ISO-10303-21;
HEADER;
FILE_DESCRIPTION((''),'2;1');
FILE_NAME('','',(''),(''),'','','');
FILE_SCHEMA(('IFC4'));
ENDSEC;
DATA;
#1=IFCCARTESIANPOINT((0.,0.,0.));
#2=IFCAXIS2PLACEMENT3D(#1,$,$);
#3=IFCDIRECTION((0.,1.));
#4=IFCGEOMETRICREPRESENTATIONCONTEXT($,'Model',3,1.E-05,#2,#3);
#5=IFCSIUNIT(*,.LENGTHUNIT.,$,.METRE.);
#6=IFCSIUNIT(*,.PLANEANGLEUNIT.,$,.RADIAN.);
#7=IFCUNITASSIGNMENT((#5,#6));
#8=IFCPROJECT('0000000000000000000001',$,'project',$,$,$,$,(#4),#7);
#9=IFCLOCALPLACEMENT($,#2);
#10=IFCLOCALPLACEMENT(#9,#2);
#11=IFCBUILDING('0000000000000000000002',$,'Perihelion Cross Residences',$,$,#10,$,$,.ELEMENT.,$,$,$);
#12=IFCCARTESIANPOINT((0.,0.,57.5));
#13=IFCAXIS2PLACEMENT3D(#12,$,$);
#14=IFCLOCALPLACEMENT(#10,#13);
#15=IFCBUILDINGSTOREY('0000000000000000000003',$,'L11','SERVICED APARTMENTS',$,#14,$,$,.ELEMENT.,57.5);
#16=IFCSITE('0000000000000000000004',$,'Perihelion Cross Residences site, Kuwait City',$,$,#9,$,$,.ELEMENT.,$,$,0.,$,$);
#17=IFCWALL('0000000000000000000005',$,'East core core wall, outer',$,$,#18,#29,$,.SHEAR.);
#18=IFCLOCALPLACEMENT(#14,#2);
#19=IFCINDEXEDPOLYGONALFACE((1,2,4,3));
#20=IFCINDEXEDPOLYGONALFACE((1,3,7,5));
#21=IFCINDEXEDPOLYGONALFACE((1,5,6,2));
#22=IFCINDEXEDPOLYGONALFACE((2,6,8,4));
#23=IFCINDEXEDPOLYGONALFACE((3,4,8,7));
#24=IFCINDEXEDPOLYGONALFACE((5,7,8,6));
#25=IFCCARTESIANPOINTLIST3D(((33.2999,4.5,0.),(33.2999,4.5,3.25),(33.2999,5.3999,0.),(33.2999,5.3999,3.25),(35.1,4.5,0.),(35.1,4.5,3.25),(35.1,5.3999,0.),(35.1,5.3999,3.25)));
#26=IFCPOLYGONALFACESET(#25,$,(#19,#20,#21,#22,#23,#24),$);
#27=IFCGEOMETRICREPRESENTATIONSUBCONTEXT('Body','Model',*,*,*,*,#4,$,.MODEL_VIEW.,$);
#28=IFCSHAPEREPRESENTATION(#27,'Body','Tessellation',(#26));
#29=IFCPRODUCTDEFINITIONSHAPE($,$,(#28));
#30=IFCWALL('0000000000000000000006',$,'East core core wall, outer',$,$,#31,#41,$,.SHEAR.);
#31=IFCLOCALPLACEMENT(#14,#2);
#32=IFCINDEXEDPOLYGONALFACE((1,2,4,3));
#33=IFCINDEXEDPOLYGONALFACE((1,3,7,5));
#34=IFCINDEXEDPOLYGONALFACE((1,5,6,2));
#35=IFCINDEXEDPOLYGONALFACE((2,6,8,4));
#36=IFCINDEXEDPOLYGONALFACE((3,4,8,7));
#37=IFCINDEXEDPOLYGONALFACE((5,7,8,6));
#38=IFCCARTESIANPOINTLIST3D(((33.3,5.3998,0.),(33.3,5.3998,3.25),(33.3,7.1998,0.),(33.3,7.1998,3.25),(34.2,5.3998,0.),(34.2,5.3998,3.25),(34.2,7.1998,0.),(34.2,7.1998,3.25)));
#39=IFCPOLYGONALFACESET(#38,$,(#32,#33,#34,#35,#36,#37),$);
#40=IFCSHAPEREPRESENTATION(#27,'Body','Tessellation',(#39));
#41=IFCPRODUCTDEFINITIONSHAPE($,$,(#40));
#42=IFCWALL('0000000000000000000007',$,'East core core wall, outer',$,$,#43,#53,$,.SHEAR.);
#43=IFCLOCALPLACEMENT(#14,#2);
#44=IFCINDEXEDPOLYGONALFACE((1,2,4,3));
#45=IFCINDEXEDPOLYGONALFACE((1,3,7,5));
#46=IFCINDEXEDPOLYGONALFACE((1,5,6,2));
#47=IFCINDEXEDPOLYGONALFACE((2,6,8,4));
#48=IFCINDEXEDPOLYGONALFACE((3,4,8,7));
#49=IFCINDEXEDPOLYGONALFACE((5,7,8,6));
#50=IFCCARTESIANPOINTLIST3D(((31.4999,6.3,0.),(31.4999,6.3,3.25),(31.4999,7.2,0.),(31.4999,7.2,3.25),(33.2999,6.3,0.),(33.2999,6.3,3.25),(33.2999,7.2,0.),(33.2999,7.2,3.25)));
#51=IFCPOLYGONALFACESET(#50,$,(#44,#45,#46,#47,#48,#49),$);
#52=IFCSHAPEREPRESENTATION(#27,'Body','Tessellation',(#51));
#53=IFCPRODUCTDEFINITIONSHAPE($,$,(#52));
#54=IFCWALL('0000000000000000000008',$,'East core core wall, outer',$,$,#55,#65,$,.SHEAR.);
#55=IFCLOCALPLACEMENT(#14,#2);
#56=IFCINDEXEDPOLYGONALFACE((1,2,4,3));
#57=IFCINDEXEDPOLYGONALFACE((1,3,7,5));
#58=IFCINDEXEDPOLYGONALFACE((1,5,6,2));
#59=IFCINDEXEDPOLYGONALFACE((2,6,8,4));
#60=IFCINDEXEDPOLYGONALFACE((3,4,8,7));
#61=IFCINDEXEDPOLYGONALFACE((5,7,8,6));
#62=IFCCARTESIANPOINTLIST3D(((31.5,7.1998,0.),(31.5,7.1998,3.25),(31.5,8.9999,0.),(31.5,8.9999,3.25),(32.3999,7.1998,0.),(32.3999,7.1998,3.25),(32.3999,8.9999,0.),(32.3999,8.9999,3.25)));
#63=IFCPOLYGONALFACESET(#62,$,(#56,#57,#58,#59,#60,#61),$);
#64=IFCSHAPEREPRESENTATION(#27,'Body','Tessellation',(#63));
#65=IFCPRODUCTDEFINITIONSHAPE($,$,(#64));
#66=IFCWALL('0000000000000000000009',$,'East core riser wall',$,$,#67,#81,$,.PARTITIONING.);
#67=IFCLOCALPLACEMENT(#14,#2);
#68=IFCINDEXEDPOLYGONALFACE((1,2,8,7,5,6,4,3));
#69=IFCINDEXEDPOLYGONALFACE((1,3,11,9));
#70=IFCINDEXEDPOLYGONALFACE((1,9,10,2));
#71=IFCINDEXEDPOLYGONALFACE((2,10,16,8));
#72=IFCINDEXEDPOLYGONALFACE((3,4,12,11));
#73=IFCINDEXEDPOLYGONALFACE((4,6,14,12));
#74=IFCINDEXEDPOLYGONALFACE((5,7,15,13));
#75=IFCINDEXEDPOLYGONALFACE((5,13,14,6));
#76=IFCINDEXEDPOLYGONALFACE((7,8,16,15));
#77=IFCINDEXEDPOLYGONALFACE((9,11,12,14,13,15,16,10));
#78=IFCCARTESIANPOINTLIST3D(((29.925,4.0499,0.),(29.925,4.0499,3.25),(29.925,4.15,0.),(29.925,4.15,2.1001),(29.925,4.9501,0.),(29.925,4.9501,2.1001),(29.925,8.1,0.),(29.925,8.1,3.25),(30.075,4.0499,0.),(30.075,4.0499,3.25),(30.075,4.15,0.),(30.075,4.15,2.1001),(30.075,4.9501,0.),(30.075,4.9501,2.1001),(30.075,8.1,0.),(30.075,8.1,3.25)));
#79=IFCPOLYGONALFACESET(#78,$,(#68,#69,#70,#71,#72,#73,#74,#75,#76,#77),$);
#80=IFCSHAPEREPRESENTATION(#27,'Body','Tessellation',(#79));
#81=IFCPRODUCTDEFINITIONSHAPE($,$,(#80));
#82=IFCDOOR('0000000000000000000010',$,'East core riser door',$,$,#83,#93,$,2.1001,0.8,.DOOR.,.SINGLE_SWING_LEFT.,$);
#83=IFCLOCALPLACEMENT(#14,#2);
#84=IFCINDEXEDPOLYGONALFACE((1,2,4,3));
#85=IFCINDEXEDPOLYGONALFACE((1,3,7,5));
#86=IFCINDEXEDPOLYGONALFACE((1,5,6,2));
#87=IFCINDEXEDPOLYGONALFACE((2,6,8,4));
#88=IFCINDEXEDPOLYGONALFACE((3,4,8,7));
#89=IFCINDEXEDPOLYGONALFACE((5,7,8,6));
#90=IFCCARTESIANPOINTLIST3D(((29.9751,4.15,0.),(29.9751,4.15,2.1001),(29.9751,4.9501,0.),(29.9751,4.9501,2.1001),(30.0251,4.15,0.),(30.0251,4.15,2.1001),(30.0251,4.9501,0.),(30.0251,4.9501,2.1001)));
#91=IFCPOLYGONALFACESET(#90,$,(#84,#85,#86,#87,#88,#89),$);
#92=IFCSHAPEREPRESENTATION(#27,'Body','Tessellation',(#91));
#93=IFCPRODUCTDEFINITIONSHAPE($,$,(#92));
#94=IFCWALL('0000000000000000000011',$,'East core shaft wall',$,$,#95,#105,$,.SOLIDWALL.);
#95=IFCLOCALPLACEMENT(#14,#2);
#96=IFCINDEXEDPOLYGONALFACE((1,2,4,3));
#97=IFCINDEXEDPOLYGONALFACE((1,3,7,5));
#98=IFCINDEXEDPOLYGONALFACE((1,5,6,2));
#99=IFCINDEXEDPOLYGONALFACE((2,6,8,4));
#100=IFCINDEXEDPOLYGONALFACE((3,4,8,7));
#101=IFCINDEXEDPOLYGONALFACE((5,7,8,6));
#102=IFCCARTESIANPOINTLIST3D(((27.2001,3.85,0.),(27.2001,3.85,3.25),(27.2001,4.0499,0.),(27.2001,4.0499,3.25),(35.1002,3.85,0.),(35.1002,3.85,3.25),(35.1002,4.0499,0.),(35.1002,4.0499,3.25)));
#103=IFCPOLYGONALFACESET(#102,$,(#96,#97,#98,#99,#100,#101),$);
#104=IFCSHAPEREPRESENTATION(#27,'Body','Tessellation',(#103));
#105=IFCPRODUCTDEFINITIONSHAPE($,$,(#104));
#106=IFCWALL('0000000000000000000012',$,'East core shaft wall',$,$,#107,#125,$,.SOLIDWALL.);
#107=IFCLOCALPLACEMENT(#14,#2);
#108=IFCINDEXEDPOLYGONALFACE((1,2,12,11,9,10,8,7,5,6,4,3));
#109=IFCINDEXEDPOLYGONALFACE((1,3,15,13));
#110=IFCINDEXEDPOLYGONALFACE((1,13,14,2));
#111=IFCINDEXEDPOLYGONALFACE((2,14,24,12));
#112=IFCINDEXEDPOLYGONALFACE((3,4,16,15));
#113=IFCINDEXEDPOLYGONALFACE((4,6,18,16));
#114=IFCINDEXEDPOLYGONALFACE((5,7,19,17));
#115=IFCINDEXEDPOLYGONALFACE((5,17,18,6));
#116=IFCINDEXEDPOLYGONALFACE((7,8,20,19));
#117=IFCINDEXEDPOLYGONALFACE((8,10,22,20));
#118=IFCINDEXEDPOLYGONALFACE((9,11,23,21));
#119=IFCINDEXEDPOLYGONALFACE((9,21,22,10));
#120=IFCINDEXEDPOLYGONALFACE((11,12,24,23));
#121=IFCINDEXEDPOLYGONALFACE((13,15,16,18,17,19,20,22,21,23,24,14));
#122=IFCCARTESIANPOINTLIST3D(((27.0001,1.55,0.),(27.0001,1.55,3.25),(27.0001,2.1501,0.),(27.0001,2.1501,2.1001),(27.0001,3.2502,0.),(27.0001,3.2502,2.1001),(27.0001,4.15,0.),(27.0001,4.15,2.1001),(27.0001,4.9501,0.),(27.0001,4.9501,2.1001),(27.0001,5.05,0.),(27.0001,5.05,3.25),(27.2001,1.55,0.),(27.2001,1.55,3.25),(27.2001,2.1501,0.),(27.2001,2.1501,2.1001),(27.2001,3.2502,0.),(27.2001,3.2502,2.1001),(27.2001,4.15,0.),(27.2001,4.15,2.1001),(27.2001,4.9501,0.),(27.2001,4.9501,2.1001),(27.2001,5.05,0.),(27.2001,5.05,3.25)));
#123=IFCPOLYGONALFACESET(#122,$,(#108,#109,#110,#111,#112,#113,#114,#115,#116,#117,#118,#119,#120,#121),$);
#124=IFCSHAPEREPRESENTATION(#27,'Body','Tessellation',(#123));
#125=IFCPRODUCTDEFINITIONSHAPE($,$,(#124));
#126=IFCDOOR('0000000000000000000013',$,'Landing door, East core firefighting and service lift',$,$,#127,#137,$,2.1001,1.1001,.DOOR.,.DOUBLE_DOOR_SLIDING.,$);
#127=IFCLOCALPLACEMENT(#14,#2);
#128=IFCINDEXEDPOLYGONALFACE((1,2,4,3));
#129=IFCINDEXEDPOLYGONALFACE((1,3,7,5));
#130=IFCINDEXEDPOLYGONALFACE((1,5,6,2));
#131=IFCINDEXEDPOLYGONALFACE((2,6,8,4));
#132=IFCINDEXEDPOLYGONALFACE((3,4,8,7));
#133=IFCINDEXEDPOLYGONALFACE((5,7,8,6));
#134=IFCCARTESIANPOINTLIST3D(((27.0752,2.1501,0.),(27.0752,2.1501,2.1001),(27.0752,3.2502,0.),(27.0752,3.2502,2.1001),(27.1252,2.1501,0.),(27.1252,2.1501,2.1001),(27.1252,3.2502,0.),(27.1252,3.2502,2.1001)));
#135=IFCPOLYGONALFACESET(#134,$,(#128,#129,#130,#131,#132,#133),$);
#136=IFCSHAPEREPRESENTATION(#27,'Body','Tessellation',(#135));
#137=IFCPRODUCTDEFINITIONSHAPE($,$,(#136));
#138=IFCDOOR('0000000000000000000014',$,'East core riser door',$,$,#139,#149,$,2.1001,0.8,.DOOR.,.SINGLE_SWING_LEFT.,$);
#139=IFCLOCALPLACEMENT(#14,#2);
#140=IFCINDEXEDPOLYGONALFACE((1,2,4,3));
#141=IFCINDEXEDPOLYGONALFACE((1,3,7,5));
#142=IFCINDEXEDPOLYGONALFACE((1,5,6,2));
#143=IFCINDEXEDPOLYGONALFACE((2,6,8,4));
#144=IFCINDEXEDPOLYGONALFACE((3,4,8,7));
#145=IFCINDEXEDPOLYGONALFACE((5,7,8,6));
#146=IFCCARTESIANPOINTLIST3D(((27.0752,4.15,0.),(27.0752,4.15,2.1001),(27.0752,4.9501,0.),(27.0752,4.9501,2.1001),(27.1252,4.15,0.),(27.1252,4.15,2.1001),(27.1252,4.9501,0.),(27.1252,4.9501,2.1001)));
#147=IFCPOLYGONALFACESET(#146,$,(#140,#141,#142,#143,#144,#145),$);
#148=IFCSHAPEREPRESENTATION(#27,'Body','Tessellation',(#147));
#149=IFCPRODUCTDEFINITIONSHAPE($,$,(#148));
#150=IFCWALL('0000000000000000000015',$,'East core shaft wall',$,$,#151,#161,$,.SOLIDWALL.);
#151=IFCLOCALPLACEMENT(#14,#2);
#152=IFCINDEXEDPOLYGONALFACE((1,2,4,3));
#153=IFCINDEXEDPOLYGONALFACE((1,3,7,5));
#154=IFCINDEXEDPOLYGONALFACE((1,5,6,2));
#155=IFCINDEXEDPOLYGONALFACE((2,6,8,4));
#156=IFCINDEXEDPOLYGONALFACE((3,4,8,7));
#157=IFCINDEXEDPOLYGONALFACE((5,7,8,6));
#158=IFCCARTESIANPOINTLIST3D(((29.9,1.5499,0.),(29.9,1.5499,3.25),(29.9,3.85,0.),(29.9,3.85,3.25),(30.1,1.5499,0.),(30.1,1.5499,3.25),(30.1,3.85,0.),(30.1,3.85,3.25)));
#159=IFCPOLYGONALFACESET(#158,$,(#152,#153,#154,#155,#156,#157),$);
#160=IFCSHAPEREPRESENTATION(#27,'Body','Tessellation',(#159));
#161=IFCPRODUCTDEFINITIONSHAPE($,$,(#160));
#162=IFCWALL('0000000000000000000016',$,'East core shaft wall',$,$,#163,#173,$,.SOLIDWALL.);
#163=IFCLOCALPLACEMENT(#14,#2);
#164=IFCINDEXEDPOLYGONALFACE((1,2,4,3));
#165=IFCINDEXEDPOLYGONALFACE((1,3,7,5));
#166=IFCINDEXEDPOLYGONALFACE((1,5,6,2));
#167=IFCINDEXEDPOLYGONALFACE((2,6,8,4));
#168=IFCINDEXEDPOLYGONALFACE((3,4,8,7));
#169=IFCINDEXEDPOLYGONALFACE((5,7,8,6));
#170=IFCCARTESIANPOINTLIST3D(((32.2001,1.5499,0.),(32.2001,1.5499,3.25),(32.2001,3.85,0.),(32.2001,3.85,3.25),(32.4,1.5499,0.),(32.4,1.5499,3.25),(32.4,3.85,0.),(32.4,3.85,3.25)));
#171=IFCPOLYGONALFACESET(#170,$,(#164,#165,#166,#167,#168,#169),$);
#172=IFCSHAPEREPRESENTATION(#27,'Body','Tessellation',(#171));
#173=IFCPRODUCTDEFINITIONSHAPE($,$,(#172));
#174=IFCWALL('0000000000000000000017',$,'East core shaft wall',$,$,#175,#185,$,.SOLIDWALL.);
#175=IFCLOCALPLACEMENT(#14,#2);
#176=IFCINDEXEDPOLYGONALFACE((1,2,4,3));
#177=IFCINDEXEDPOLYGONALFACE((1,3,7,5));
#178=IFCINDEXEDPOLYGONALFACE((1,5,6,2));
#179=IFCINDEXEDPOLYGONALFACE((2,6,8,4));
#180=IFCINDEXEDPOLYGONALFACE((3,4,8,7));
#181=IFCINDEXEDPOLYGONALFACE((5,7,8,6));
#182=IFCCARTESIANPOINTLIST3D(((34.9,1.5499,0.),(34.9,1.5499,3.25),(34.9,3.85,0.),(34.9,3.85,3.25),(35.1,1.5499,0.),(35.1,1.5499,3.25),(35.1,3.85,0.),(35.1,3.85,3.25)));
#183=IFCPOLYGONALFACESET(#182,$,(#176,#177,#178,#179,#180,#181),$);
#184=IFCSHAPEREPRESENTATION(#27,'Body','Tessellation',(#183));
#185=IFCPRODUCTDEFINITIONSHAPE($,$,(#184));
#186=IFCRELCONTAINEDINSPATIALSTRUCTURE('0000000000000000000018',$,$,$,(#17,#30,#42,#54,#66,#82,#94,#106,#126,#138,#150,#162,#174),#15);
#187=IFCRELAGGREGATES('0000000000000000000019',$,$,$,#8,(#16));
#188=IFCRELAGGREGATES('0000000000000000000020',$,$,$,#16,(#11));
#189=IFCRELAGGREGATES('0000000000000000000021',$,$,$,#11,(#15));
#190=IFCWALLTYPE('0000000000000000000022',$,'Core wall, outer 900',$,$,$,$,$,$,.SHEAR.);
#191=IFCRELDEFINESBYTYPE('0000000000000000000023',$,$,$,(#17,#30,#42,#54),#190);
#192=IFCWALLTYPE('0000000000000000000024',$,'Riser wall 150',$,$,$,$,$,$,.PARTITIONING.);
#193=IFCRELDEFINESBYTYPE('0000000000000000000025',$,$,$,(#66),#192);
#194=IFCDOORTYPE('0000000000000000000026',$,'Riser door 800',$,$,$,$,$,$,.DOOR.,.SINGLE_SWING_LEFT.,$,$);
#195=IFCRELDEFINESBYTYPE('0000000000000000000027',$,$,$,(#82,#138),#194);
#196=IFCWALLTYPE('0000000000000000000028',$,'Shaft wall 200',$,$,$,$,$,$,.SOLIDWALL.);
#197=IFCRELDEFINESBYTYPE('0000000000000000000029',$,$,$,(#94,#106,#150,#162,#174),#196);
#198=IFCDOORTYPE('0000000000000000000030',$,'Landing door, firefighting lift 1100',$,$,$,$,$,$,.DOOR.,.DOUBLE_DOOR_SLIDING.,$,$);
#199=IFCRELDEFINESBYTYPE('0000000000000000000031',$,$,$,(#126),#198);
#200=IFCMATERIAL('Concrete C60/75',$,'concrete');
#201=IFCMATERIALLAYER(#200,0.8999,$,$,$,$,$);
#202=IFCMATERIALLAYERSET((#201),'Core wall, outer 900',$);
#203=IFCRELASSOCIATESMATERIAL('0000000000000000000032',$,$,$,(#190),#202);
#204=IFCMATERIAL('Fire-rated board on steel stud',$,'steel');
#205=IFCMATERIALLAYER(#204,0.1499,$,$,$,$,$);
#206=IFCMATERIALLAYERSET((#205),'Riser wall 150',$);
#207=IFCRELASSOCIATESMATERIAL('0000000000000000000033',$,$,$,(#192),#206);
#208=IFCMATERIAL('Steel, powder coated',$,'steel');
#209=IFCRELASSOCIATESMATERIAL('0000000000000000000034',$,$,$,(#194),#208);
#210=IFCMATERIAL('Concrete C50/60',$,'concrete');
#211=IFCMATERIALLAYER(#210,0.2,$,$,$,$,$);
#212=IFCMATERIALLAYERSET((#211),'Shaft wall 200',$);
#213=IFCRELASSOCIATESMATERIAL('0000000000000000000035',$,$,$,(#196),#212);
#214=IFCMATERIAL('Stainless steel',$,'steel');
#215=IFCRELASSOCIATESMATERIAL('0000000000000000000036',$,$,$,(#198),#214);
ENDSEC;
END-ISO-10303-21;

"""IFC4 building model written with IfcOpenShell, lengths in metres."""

from ifc_helpers import new_model, si_unit, direction, frame, frame_2d, origin, place, context, subcontext, project, spatial, rectangle, extrude, material, layer, layer_set, type_object, element, fill, save


model = new_model("IFC4")

# Units and contexts
model_context = context("Model", 3, precision=1e-05, world=origin(), true_north=direction((0.0, 1.0)))
body_context = subcontext(model_context, "Body", "Model", "MODEL_VIEW")
ifc_project = project(units=[si_unit("LENGTHUNIT", "METRE"), si_unit("PLANEANGLEUNIT", "RADIAN")], contexts=[model_context])

# Site, building, storey
site_placement = place(None, origin())
site = spatial("IfcSite", under=ifc_project, at=site_placement, Name="Perihelion Cross Residences site, Kuwait City", CompositionType="ELEMENT", RefElevation=0.0)
building_placement = place(site_placement, origin())
building = spatial("IfcBuilding", under=site, at=building_placement, Name="Perihelion Cross Residences", CompositionType="ELEMENT")
storey_placement = place(building_placement, frame((0.0, 0.0, 57.5)))
storey = spatial("IfcBuildingStorey", under=building, at=storey_placement, Name="L11", Description="SERVICED APARTMENTS", CompositionType="ELEMENT", Elevation=57.5)

# Walls
ifc_material_1 = material(Name="Concrete C60/75", Category="concrete")
ifc_layer_1 = layer(ifc_material_1, 0.8999)
ifc_layer_set_1 = layer_set([ifc_layer_1], Name="Core wall, outer 900")
wall_type_1 = type_object("IfcWallType", Name="Core wall, outer 900", PredefinedType="SHEAR", material=ifc_layer_set_1)
for number, where, z_axis, x_axis, name in (
    (1, (33.3, 4.95, 0.0), (0.0, 0.0, 1.0), (1.0, 0.0, 0.0), "East core core wall, outer"),
    (2, (33.75, 5.3999, 0.0), (0.0, 0.0, 1.0), (0.0, 1.0, 0.0), "East core core wall, outer"),
    (3, (31.5, 6.75, 0.0), (0.0, 0.0, 1.0), (1.0, 0.0, 0.0), "East core core wall, outer"),
    (4, (31.95, 7.2, 0.0), (0.0, 0.0, 1.0), (0.0, 1.0, 0.0), "East core core wall, outer"),
):
    element("IfcWall", number, at=place(storey_placement, frame(where, z_axis=z_axis, x_axis=x_axis)), inside=storey, type_object=wall_type_1, Name=name, PredefinedType="SHEAR", context=body_context, shape_type="SweptSolid", body=[
        extrude(rectangle(XDim=1.8, YDim=0.8999, at=frame_2d((0.8999, 0.0))), origin(), (0.0, 0.0, 1.0), 3.25),
    ])

# Wall, opening, door
ifc_material_2 = material(Name="Fire-rated board on steel stud", Category="steel")
ifc_layer_2 = layer(ifc_material_2, 0.1499)
ifc_layer_set_2 = layer_set([ifc_layer_2], Name="Riser wall 150")
wall_type_2 = type_object("IfcWallType", Name="Riser wall 150", PredefinedType="PARTITIONING", material=ifc_layer_set_2)
wall_1_placement = place(storey_placement, frame((30.0, 4.05, 0.0), z_axis=(0.0, 0.0, 1.0), x_axis=(0.0, 1.0, 0.0)))
wall_1 = element("IfcWall", 5, at=wall_1_placement, inside=storey, type_object=wall_type_2, Name="East core riser wall", PredefinedType="PARTITIONING", context=body_context, shape_type="SweptSolid", body=[
    extrude(rectangle(XDim=4.05, YDim=0.1499, at=frame_2d((2.0249, 0.0))), origin(), (0.0, 0.0, 1.0), 3.25),
])
opening_1_placement = place(wall_1_placement, frame((0.1001, 0.0, 0.0)))
opening_1 = element("IfcOpeningElement", 6, at=opening_1_placement, cuts=wall_1, PredefinedType="OPENING", context=body_context, shape_type="SweptSolid", body=[
    extrude(rectangle(XDim=0.8, YDim=2.1001, at=frame_2d((0.3999, 1.05))), frame((0.0, 0.085, 0.0), z_axis=(0.0, -1.0, 0.0), x_axis=(1.0, 0.0, 0.0)), (0.0, 0.0, 1.0), 0.1699),
])
ifc_material_3 = material(Name="Steel, powder coated", Category="steel")
door_type_1 = type_object("IfcDoorType", Name="Riser door 800", OperationType="SINGLE_SWING_LEFT", PredefinedType="DOOR", material=ifc_material_3)
door_1_placement = place(opening_1_placement, origin())
door_1 = element("IfcDoor", 7, at=door_1_placement, inside=storey, type_object=door_type_1, Name="East core riser door", OperationType="SINGLE_SWING_LEFT", OverallHeight=2.1001, OverallWidth=0.8, PredefinedType="DOOR", context=body_context, shape_type="SweptSolid", body=[
    extrude(rectangle(XDim=0.8, YDim=2.1001, at=frame_2d((0.3999, 1.05))), frame((0.0, 0.0249, 0.0), z_axis=(0.0, -1.0, 0.0), x_axis=(1.0, 0.0, 0.0)), (0.0, 0.0, 1.0), 0.05),
])
fill(opening_1, door_1)

# Wall
ifc_material_4 = material(Name="Concrete C50/60", Category="concrete")
ifc_layer_3 = layer(ifc_material_4, 0.2)
ifc_layer_set_3 = layer_set([ifc_layer_3], Name="Shaft wall 200")
wall_type_3 = type_object("IfcWallType", Name="Shaft wall 200", PredefinedType="SOLIDWALL", material=ifc_layer_set_3)
wall_2_placement = place(storey_placement, frame((27.2, 3.95, 0.0), z_axis=(0.0, 0.0, 1.0), x_axis=(1.0, 0.0, 0.0)))
element("IfcWall", 8, at=wall_2_placement, inside=storey, type_object=wall_type_3, Name="East core shaft wall", PredefinedType="SOLIDWALL", context=body_context, shape_type="SweptSolid", body=[
    extrude(rectangle(XDim=7.9001, YDim=0.2, at=frame_2d((3.9502, 0.0))), origin(), (0.0, 0.0, 1.0), 3.25),
])

# Wall, openings, doors
wall_3_placement = place(storey_placement, frame((27.1001, 1.55, 0.0), z_axis=(0.0, 0.0, 1.0), x_axis=(0.0, 1.0, 0.0)))
wall_3 = element("IfcWall", 9, at=wall_3_placement, inside=storey, type_object=wall_type_3, Name="East core shaft wall", PredefinedType="SOLIDWALL", context=body_context, shape_type="SweptSolid", body=[
    extrude(rectangle(XDim=3.5, YDim=0.2, at=frame_2d((1.75, 0.0))), origin(), (0.0, 0.0, 1.0), 3.25),
])
opening_2_placement = place(wall_3_placement, frame((0.6001, 0.0, 0.0)))
opening_2 = element("IfcOpeningElement", 10, at=opening_2_placement, cuts=wall_3, PredefinedType="OPENING", context=body_context, shape_type="SweptSolid", body=[
    extrude(rectangle(XDim=1.1001, YDim=2.1001, at=frame_2d((0.55, 1.05))), frame((0.0, 0.1099, 0.0), z_axis=(0.0, -1.0, 0.0), x_axis=(1.0, 0.0, 0.0)), (0.0, 0.0, 1.0), 0.22),
])
opening_3_placement = place(wall_3_placement, frame((2.6001, 0.0, 0.0)))
opening_3 = element("IfcOpeningElement", 11, at=opening_3_placement, cuts=wall_3, PredefinedType="OPENING", context=body_context, shape_type="SweptSolid", body=[
    extrude(rectangle(XDim=0.8, YDim=2.1001, at=frame_2d((0.3999, 1.05))), frame((0.0, 0.1099, 0.0), z_axis=(0.0, -1.0, 0.0), x_axis=(1.0, 0.0, 0.0)), (0.0, 0.0, 1.0), 0.22),
])
ifc_material_5 = material(Name="Stainless steel", Category="steel")
door_type_2 = type_object("IfcDoorType", Name="Landing door, firefighting lift 1100", OperationType="DOUBLE_DOOR_SLIDING", PredefinedType="DOOR", material=ifc_material_5)
door_2_placement = place(opening_2_placement, origin())
door_2 = element("IfcDoor", 12, at=door_2_placement, inside=storey, type_object=door_type_2, Name="Landing door, East core firefighting and service lift", OperationType="DOUBLE_DOOR_SLIDING", OverallHeight=2.1001, OverallWidth=1.1001, PredefinedType="DOOR", context=body_context, shape_type="SweptSolid", body=[
    extrude(rectangle(XDim=1.1001, YDim=2.1001, at=frame_2d((0.55, 1.05))), frame((0.0, 0.0249, 0.0), z_axis=(0.0, -1.0, 0.0), x_axis=(1.0, 0.0, 0.0)), (0.0, 0.0, 1.0), 0.05),
])
fill(opening_2, door_2)
door_3_placement = place(opening_3_placement, origin())
door_3 = element("IfcDoor", 13, at=door_3_placement, inside=storey, type_object=door_type_1, Name="East core riser door", OperationType="SINGLE_SWING_LEFT", OverallHeight=2.1001, OverallWidth=0.8, PredefinedType="DOOR", context=body_context, shape_type="SweptSolid", body=[
    extrude(rectangle(XDim=0.8, YDim=2.1001, at=frame_2d((0.3999, 1.05))), frame((0.0, 0.0249, 0.0), z_axis=(0.0, -1.0, 0.0), x_axis=(1.0, 0.0, 0.0)), (0.0, 0.0, 1.0), 0.05),
])
fill(opening_3, door_3)

# Walls
for number, where, z_axis, x_axis, name in (
    (14, (30.0, 1.55, 0.0), (0.0, 0.0, 1.0), (0.0, 1.0, 0.0), "East core shaft wall"),
    (15, (32.3, 1.55, 0.0), (0.0, 0.0, 1.0), (0.0, 1.0, 0.0), "East core shaft wall"),
    (16, (35.0, 1.55, 0.0), (0.0, 0.0, 1.0), (0.0, 1.0, 0.0), "East core shaft wall"),
):
    element("IfcWall", number, at=place(storey_placement, frame(where, z_axis=z_axis, x_axis=x_axis)), inside=storey, type_object=wall_type_3, Name=name, PredefinedType="SOLIDWALL", context=body_context, shape_type="SweptSolid", body=[
        extrude(rectangle(XDim=2.3, YDim=0.2, at=frame_2d((1.1499, 0.0))), origin(), (0.0, 0.0, 1.0), 3.25),
    ])

save(model, "model.ifc")
